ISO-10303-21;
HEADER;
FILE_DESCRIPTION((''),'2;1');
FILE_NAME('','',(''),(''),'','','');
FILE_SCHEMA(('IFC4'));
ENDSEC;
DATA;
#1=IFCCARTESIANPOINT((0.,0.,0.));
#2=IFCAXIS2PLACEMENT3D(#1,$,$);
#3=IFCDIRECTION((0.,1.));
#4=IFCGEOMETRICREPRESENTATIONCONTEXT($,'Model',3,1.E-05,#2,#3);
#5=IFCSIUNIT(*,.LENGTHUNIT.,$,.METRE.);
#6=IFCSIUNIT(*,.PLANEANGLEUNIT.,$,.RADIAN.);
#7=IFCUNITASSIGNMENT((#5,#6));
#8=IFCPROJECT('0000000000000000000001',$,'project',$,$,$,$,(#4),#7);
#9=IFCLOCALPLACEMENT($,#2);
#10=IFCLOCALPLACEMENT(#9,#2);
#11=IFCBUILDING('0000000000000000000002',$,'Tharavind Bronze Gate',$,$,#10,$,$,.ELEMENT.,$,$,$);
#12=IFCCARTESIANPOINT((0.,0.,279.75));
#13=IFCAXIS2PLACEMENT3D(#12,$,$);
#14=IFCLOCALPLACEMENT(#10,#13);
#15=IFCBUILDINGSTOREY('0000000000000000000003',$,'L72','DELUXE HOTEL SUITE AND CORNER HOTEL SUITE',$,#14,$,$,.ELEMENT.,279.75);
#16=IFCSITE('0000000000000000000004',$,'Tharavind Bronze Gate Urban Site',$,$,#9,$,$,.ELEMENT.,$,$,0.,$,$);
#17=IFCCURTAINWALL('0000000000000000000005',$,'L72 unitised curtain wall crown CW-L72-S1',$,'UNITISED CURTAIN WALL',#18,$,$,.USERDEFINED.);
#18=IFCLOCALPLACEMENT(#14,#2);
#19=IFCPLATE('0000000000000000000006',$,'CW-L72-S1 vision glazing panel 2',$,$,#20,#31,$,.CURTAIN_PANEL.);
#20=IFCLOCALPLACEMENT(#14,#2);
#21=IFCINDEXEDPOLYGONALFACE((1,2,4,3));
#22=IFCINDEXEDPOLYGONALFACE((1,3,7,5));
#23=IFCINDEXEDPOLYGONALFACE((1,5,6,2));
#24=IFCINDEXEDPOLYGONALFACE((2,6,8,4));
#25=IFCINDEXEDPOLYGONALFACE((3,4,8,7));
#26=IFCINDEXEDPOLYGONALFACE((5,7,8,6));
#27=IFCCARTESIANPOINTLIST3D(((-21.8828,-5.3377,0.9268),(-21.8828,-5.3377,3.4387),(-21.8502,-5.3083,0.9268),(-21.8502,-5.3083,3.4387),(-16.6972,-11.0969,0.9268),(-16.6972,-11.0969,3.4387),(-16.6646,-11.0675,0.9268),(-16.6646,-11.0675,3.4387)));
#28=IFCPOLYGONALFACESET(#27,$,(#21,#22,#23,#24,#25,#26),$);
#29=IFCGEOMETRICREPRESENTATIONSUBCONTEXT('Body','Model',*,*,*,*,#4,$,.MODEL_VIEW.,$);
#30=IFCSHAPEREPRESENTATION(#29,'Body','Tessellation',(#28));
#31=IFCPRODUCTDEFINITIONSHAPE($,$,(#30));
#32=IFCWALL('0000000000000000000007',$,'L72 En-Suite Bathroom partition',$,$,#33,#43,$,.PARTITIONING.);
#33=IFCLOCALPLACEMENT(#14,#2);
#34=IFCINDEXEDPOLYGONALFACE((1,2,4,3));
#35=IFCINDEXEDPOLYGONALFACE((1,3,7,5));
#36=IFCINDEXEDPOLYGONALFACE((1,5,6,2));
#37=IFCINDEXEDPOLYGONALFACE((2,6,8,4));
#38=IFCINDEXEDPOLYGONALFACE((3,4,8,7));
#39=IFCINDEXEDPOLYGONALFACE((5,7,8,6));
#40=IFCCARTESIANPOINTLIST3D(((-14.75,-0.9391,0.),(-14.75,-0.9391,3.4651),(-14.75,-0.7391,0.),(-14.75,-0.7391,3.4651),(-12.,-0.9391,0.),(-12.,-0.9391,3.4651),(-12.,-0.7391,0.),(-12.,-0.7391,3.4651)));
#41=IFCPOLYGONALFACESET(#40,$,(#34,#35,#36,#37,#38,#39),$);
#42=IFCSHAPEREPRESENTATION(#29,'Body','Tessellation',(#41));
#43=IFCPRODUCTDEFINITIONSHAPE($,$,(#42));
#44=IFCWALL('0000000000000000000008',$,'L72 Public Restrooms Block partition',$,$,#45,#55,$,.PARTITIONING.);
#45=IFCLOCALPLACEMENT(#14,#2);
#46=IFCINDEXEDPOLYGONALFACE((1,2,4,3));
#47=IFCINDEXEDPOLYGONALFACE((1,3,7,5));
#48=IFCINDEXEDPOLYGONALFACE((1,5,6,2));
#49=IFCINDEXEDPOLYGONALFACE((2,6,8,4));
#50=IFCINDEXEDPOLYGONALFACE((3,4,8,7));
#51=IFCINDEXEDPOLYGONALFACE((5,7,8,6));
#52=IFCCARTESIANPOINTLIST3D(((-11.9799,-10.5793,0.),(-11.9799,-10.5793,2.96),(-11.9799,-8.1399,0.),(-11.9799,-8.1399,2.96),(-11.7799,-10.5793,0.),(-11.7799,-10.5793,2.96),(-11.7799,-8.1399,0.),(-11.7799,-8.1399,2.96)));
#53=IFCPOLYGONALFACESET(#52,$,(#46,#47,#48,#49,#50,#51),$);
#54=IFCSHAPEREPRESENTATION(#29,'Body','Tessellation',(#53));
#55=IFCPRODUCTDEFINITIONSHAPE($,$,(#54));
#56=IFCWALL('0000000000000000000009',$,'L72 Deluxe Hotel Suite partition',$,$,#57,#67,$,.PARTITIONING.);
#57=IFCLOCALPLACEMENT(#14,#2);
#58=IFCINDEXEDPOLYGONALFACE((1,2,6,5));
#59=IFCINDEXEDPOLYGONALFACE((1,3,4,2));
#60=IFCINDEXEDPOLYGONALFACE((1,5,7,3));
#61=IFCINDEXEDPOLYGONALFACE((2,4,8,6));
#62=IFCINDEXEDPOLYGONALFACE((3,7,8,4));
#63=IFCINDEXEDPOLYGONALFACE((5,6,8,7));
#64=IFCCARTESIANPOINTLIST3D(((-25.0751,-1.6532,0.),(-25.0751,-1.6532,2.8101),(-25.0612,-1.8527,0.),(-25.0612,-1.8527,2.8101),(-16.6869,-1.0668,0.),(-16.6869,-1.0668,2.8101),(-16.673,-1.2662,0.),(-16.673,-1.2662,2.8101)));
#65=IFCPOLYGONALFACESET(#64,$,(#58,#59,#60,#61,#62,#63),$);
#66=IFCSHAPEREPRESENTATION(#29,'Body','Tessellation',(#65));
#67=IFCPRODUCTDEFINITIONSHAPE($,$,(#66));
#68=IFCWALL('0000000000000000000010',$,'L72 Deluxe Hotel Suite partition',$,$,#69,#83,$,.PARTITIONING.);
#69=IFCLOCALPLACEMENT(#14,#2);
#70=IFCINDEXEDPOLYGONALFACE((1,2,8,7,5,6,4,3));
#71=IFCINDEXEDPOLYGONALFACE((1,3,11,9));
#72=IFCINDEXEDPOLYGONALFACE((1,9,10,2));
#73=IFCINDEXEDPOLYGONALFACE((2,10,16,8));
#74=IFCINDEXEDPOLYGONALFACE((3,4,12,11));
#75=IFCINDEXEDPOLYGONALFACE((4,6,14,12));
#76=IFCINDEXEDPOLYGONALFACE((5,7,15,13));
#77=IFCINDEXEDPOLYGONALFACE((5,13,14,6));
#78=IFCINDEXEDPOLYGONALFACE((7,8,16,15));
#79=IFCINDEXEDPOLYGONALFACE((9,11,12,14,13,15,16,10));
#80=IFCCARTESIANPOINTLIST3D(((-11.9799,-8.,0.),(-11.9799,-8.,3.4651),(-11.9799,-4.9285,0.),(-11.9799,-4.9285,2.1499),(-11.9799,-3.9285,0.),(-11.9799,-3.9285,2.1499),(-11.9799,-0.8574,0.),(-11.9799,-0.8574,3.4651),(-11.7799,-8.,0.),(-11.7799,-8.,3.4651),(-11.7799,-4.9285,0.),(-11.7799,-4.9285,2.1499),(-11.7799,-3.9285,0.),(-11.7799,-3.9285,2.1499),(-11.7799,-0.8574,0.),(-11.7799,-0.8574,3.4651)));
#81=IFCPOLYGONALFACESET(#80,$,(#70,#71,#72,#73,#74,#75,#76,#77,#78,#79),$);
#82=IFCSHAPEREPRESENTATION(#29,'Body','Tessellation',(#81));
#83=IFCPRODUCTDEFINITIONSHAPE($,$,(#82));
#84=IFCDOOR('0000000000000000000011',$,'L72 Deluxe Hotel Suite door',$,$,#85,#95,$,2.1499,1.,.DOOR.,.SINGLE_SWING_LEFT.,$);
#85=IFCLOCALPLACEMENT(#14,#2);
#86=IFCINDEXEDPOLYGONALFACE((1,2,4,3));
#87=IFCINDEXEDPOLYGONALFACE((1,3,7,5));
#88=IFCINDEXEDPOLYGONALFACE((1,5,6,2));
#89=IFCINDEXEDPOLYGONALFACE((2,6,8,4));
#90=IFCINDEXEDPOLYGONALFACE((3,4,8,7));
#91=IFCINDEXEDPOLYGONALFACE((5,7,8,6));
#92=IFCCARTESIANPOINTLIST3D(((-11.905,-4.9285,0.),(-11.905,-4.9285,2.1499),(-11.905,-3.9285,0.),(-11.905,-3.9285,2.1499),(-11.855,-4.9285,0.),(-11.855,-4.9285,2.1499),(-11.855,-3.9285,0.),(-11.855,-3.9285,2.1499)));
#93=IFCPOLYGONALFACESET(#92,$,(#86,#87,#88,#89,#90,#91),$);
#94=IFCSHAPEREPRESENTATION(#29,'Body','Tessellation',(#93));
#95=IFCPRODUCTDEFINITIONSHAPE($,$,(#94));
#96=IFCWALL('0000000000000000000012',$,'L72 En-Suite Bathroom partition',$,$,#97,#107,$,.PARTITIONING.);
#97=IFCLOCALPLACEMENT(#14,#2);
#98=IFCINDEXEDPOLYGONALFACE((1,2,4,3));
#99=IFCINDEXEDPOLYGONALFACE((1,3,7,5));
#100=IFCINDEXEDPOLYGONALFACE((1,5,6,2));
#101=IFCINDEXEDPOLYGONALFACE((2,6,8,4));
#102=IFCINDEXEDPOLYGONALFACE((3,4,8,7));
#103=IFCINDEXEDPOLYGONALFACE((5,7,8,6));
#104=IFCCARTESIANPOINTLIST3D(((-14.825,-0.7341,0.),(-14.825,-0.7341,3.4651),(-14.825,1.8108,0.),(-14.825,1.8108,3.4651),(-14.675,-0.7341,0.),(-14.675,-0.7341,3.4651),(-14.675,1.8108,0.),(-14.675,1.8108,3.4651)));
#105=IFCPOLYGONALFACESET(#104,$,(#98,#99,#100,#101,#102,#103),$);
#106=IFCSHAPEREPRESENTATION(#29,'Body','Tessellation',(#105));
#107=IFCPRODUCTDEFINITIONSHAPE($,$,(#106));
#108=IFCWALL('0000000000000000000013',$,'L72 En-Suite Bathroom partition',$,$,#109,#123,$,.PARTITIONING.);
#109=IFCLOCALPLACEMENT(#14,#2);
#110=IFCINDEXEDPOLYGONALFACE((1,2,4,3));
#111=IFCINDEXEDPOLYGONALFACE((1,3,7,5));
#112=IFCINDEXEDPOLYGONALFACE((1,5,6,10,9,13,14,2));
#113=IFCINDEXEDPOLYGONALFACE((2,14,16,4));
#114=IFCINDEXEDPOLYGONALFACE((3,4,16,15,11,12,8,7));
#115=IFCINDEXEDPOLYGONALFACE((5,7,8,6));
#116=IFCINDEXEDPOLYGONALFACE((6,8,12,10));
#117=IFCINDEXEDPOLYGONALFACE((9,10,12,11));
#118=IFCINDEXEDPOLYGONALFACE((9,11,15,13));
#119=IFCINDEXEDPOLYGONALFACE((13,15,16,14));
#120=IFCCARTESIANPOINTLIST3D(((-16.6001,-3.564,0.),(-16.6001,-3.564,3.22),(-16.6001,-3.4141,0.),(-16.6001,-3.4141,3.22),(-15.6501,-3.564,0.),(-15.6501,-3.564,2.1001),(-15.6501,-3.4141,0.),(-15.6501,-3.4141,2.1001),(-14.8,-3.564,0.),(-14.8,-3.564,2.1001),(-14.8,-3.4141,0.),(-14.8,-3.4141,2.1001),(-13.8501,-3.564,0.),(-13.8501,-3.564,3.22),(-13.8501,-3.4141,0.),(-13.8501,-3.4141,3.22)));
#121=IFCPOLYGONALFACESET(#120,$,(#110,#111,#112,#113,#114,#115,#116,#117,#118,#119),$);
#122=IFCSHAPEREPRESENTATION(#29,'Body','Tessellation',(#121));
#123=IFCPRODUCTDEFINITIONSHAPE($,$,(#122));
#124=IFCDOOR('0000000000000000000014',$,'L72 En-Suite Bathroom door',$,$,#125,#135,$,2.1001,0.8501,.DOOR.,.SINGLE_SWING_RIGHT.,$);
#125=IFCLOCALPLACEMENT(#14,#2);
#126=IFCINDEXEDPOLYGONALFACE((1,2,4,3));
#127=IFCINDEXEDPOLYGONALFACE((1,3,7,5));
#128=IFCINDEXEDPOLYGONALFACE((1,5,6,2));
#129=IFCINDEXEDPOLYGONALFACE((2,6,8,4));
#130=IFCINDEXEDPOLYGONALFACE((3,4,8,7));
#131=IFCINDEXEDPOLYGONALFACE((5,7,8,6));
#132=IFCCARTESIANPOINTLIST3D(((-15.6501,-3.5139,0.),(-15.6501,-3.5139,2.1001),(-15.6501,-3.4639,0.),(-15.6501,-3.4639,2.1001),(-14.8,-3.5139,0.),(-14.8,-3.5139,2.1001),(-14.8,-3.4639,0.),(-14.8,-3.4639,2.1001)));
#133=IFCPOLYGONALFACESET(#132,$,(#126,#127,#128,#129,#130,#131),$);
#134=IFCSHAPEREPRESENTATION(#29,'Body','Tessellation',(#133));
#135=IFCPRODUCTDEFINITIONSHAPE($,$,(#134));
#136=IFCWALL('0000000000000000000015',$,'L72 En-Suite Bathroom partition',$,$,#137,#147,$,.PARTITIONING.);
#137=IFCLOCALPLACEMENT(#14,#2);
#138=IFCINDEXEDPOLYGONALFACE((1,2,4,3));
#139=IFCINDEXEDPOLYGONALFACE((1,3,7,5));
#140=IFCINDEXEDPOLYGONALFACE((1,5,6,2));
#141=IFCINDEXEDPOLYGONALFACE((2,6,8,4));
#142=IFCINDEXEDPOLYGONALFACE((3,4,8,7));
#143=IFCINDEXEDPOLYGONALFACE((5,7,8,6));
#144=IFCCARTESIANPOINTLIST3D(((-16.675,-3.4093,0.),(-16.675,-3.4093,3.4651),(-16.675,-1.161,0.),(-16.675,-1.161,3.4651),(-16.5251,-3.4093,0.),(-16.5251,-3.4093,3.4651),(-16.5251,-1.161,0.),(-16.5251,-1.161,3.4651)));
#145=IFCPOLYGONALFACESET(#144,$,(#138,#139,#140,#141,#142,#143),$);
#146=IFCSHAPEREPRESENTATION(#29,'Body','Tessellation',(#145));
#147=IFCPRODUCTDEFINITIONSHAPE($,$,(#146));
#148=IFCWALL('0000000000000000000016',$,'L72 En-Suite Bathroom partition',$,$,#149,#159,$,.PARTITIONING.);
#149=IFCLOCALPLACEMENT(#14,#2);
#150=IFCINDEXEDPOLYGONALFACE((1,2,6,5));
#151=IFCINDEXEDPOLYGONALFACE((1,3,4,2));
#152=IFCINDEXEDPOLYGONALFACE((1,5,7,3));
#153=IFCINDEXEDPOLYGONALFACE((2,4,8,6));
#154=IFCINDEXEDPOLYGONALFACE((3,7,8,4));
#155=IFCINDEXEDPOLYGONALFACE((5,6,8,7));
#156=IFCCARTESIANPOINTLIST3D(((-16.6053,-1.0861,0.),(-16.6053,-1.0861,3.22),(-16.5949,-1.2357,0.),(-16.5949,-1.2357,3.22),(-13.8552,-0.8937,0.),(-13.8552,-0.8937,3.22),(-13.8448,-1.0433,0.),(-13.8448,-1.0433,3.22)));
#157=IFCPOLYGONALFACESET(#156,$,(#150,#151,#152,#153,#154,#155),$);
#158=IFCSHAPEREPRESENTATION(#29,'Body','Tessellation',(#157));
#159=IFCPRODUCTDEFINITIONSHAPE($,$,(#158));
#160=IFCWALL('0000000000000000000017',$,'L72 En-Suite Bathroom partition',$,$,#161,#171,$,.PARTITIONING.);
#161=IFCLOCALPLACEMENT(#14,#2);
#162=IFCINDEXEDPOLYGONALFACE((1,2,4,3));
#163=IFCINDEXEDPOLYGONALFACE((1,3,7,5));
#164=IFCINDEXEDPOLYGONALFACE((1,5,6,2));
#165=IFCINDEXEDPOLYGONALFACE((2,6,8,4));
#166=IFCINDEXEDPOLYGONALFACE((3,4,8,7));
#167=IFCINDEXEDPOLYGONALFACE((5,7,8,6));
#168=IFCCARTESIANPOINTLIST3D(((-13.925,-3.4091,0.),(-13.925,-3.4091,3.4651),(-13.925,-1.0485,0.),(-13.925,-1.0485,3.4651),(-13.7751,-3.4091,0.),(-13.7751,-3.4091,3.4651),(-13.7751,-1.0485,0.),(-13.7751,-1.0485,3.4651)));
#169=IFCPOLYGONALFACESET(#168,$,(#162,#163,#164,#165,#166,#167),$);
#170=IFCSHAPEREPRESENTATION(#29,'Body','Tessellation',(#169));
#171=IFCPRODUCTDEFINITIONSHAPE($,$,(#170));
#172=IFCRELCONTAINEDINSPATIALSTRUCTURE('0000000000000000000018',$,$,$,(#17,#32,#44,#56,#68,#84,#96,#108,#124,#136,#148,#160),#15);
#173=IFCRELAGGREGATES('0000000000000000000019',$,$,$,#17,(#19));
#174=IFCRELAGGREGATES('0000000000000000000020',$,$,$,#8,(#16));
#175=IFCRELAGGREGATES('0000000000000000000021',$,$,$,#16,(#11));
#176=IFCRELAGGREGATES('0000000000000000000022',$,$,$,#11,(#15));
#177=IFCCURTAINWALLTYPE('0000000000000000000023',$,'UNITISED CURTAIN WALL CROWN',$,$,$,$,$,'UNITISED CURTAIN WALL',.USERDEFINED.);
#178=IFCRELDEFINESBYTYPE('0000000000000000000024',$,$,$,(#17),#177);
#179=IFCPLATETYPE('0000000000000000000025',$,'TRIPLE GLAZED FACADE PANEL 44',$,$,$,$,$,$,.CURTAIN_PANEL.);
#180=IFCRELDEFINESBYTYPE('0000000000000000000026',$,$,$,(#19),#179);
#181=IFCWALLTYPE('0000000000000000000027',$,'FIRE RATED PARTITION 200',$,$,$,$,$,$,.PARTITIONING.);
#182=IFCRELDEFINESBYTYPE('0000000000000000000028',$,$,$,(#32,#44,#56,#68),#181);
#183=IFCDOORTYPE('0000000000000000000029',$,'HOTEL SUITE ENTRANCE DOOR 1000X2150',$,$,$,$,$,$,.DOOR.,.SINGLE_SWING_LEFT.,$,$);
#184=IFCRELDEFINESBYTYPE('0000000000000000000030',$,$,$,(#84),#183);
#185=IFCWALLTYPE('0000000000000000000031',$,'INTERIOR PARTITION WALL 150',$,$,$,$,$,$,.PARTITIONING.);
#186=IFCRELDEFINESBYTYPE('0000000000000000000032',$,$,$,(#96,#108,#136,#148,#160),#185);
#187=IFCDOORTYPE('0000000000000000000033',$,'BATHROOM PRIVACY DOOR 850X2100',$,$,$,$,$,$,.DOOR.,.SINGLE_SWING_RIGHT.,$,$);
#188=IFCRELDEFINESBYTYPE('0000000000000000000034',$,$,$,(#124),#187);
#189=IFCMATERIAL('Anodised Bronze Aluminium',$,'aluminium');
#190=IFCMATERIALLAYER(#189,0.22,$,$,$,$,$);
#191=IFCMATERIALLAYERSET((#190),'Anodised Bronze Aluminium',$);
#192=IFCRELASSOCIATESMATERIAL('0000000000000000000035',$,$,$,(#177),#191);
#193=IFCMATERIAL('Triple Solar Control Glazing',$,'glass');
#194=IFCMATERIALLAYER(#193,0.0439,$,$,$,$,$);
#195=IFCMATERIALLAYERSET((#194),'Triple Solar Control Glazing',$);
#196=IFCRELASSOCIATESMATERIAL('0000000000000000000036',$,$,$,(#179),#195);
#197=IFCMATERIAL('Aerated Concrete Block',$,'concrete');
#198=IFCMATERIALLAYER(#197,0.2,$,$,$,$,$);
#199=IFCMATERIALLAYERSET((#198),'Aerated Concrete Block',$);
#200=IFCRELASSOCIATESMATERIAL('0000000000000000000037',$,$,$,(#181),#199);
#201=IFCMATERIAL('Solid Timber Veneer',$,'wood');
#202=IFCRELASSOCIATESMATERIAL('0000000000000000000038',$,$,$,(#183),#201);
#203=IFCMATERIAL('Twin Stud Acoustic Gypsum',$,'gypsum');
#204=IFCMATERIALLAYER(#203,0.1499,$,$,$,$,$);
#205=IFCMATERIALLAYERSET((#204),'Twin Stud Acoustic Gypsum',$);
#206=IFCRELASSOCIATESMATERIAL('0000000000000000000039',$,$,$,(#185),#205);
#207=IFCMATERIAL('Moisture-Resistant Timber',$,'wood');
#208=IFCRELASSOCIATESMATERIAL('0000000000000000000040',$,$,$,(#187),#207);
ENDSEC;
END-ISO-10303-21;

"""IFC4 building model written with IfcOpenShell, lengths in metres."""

from ifc_helpers import new_model, si_unit, direction, frame, frame_2d, origin, origin_2d, place, context, subcontext, project, spatial, rectangle, extrude, material, layer, layer_set, type_object, element, fill, aggregate, save


model = new_model("IFC4")

# Units and contexts
model_context = context("Model", 3, precision=1e-05, world=origin(), true_north=direction((0.0, 1.0)))
body_context = subcontext(model_context, "Body", "Model", "MODEL_VIEW")
ifc_project = project(units=[si_unit("LENGTHUNIT", "METRE"), si_unit("PLANEANGLEUNIT", "RADIAN")], contexts=[model_context])

# Site, building, storey
site_placement = place(None, origin())
site = spatial("IfcSite", under=ifc_project, at=site_placement, Name="Tharavind Bronze Gate Urban Site", CompositionType="ELEMENT", RefElevation=0.0)
building_placement = place(site_placement, origin())
building = spatial("IfcBuilding", under=site, at=building_placement, Name="Tharavind Bronze Gate", CompositionType="ELEMENT")
storey_placement = place(building_placement, frame((0.0, 0.0, 279.75)))
storey = spatial("IfcBuildingStorey", under=building, at=storey_placement, Name="L72", Description="DELUXE HOTEL SUITE AND CORNER HOTEL SUITE", CompositionType="ELEMENT", Elevation=279.75)

# Curtain wall
ifc_material_1 = material(Name="Anodised Bronze Aluminium", Category="aluminium")
ifc_layer_1 = layer(ifc_material_1, 0.22)
ifc_layer_set_1 = layer_set([ifc_layer_1], Name="Anodised Bronze Aluminium")
curtain_wall_type = type_object("IfcCurtainWallType", Name="UNITISED CURTAIN WALL CROWN", ElementType="UNITISED CURTAIN WALL", PredefinedType="USERDEFINED", material=ifc_layer_set_1)
curtain_wall_placement = place(storey_placement, origin())
curtain_wall = element("IfcCurtainWall", 1, at=curtain_wall_placement, inside=storey, type_object=curtain_wall_type, Name="L72 unitised curtain wall crown CW-L72-S1", ObjectType="UNITISED CURTAIN WALL", PredefinedType="USERDEFINED")

# Plate
ifc_material_2 = material(Name="Triple Solar Control Glazing", Category="glass")
ifc_layer_2 = layer(ifc_material_2, 0.0439)
ifc_layer_set_2 = layer_set([ifc_layer_2], Name="Triple Solar Control Glazing")
plate_type_1 = type_object("IfcPlateType", Name="TRIPLE GLAZED FACADE PANEL 44", PredefinedType="CURTAIN_PANEL", material=ifc_layer_set_2)
plate_1_placement = place(storey_placement, frame((-19.2737, -8.2026, 0.9268), z_axis=(0.0, 0.0, 1.0), x_axis=(0.669131, -0.743145, 0.0)))
plate_1 = element("IfcPlate", 2, at=plate_1_placement, type_object=plate_type_1, Name="CW-L72-S1 vision glazing panel 2", PredefinedType="CURTAIN_PANEL", context=body_context, shape_type="SweptSolid", body=[
    extrude(rectangle(XDim=7.7498, YDim=0.0439, at=origin_2d()), origin(), (0.0, 0.0, 1.0), 2.512),
])
aggregate(curtain_wall, [plate_1])

# Walls
ifc_material_3 = material(Name="Aerated Concrete Block", Category="concrete")
ifc_layer_3 = layer(ifc_material_3, 0.2)
ifc_layer_set_3 = layer_set([ifc_layer_3], Name="Aerated Concrete Block")
wall_type_1 = type_object("IfcWallType", Name="FIRE RATED PARTITION 200", PredefinedType="PARTITIONING", material=ifc_layer_set_3)
wall_1_placement = place(storey_placement, frame((-12.0, -0.8391, 0.0), z_axis=(0.0, 0.0, 1.0), x_axis=(-1.0, 0.0, 0.0)))
element("IfcWall", 3, at=wall_1_placement, inside=storey, type_object=wall_type_1, Name="L72 En-Suite Bathroom partition", PredefinedType="PARTITIONING", context=body_context, shape_type="SweptSolid", body=[
    extrude(rectangle(XDim=2.75, YDim=0.2, at=frame_2d((1.375, 0.0))), origin(), (0.0, 0.0, 1.0), 3.4651),
])
wall_2_placement = place(storey_placement, frame((-11.8799, -8.1399, 0.0), z_axis=(0.0, 0.0, 1.0), x_axis=(0.0, -1.0, 0.0)))
element("IfcWall", 4, at=wall_2_placement, inside=storey, type_object=wall_type_1, Name="L72 Public Restrooms Block partition", PredefinedType="PARTITIONING", context=body_context, shape_type="SweptSolid", body=[
    extrude(rectangle(XDim=2.4395, YDim=0.2, at=frame_2d((1.2197, 0.0))), origin(), (0.0, 0.0, 1.0), 2.96),
])
wall_3_placement = place(storey_placement, frame((-16.6799, -1.1665, 0.0), z_axis=(0.0, 0.0, 1.0), x_axis=(-0.997565, -0.069741, 0.0)))
element("IfcWall", 5, at=wall_3_placement, inside=storey, type_object=wall_type_1, Name="L72 Deluxe Hotel Suite partition", PredefinedType="PARTITIONING", context=body_context, shape_type="SweptSolid", body=[
    extrude(rectangle(XDim=8.4087, YDim=0.2, at=frame_2d((4.2043, 0.0))), origin(), (0.0, 0.0, 1.0), 2.8101),
])

# Wall, opening, door
wall_4_placement = place(storey_placement, frame((-11.8799, -0.8574, 0.0), z_axis=(0.0, 0.0, 1.0), x_axis=(0.0, -1.0, 0.0)))
wall_4 = element("IfcWall", 6, at=wall_4_placement, inside=storey, type_object=wall_type_1, Name="L72 Deluxe Hotel Suite partition", PredefinedType="PARTITIONING", context=body_context, shape_type="SweptSolid", body=[
    extrude(rectangle(XDim=7.1426, YDim=0.2, at=frame_2d((3.5713, 0.0))), origin(), (0.0, 0.0, 1.0), 3.4651),
])
opening_1_placement = place(wall_4_placement, frame((3.071, 0.0, 0.0)))
opening_1 = element("IfcOpeningElement", 7, at=opening_1_placement, cuts=wall_4, PredefinedType="OPENING", context=body_context, shape_type="SweptSolid", body=[
    extrude(rectangle(XDim=1.0, YDim=2.1499, at=frame_2d((0.5, 1.075))), frame((0.0, 0.1101, 0.0), z_axis=(0.0, -1.0, 0.0), x_axis=(1.0, 0.0, 0.0)), (0.0, 0.0, 1.0), 0.22),
])
ifc_material_4 = material(Name="Solid Timber Veneer", Category="wood")
door_type_1 = type_object("IfcDoorType", Name="HOTEL SUITE ENTRANCE DOOR 1000X2150", OperationType="SINGLE_SWING_LEFT", PredefinedType="DOOR", material=ifc_material_4)
door_1_placement = place(opening_1_placement, origin())
door_1 = element("IfcDoor", 8, at=door_1_placement, inside=storey, type_object=door_type_1, Name="L72 Deluxe Hotel Suite door", OperationType="SINGLE_SWING_LEFT", OverallHeight=2.1499, OverallWidth=1.0, PredefinedType="DOOR", context=body_context, shape_type="SweptSolid", body=[
    extrude(rectangle(XDim=1.0, YDim=2.1499, at=frame_2d((0.5, 1.075))), frame((0.0, 0.0249, 0.0), z_axis=(0.0, -1.0, 0.0), x_axis=(1.0, 0.0, 0.0)), (0.0, 0.0, 1.0), 0.05),
])
fill(opening_1, door_1)

# Wall
ifc_material_5 = material(Name="Twin Stud Acoustic Gypsum", Category="gypsum")
ifc_layer_4 = layer(ifc_material_5, 0.1499)
ifc_layer_set_4 = layer_set([ifc_layer_4], Name="Twin Stud Acoustic Gypsum")
wall_type_2 = type_object("IfcWallType", Name="INTERIOR PARTITION WALL 150", PredefinedType="PARTITIONING", material=ifc_layer_set_4)
wall_5_placement = place(storey_placement, frame((-14.75, -0.7341, 0.0), z_axis=(0.0, 0.0, 1.0), x_axis=(0.0, 1.0, 0.0)))
element("IfcWall", 9, at=wall_5_placement, inside=storey, type_object=wall_type_2, Name="L72 En-Suite Bathroom partition", PredefinedType="PARTITIONING", context=body_context, shape_type="SweptSolid", body=[
    extrude(rectangle(XDim=2.5449, YDim=0.1499, at=frame_2d((1.2725, 0.0))), origin(), (0.0, 0.0, 1.0), 3.4651),
])

# Wall, opening, door
wall_6_placement = place(storey_placement, frame((-13.8501, -3.489, 0.0), z_axis=(0.0, 0.0, 1.0), x_axis=(-1.0, 0.0, 0.0)))
wall_6 = element("IfcWall", 10, at=wall_6_placement, inside=storey, type_object=wall_type_2, Name="L72 En-Suite Bathroom partition", PredefinedType="PARTITIONING", context=body_context, shape_type="SweptSolid", body=[
    extrude(rectangle(XDim=2.75, YDim=0.1499, at=frame_2d((1.375, 0.0))), origin(), (0.0, 0.0, 1.0), 3.22),
])
opening_2_placement = place(wall_6_placement, frame((0.95, 0.0, 0.0)))
opening_2 = element("IfcOpeningElement", 11, at=opening_2_placement, cuts=wall_6, PredefinedType="OPENING", context=body_context, shape_type="SweptSolid", body=[
    extrude(rectangle(XDim=0.8501, YDim=2.1001, at=frame_2d((0.425, 1.05))), frame((0.0, 0.085, 0.0), z_axis=(0.0, -1.0, 0.0), x_axis=(1.0, 0.0, 0.0)), (0.0, 0.0, 1.0), 0.1699),
])
ifc_material_6 = material(Name="Moisture-Resistant Timber", Category="wood")
door_type_2 = type_object("IfcDoorType", Name="BATHROOM PRIVACY DOOR 850X2100", OperationType="SINGLE_SWING_RIGHT", PredefinedType="DOOR", material=ifc_material_6)
door_2_placement = place(opening_2_placement, origin())
door_2 = element("IfcDoor", 12, at=door_2_placement, inside=storey, type_object=door_type_2, Name="L72 En-Suite Bathroom door", OperationType="SINGLE_SWING_RIGHT", OverallHeight=2.1001, OverallWidth=0.8501, PredefinedType="DOOR", context=body_context, shape_type="SweptSolid", body=[
    extrude(rectangle(XDim=0.8501, YDim=2.1001, at=frame_2d((0.425, 1.05))), frame((0.0, 0.0249, 0.0), z_axis=(0.0, -1.0, 0.0), x_axis=(1.0, 0.0, 0.0)), (0.0, 0.0, 1.0), 0.05),
])
fill(opening_2, door_2)

# Walls
wall_7_placement = place(storey_placement, frame((-16.6001, -3.4092, 0.0), z_axis=(0.0, 0.0, 1.0), x_axis=(0.0, 1.0, 0.0)))
element("IfcWall", 13, at=wall_7_placement, inside=storey, type_object=wall_type_2, Name="L72 En-Suite Bathroom partition", PredefinedType="PARTITIONING", context=body_context, shape_type="SweptSolid", body=[
    extrude(rectangle(XDim=2.2483, YDim=0.1499, at=frame_2d((1.124, 0.0))), origin(), (0.0, 0.0, 1.0), 3.4651),
])
wall_8_placement = place(storey_placement, frame((-16.6001, -1.1609, 0.0), z_axis=(0.0, 0.0, 1.0), x_axis=(0.997562, 0.069787, 0.0)))
element("IfcWall", 14, at=wall_8_placement, inside=storey, type_object=wall_type_2, Name="L72 En-Suite Bathroom partition", PredefinedType="PARTITIONING", context=body_context, shape_type="SweptSolid", body=[
    extrude(rectangle(XDim=2.7568, YDim=0.1499, at=frame_2d((1.3784, 0.0))), origin(), (0.0, 0.0, 1.0), 3.22),
])
wall_9_placement = place(storey_placement, frame((-13.8501, -1.0486, 0.0), z_axis=(0.0, 0.0, 1.0), x_axis=(0.0, -1.0, 0.0)))
element("IfcWall", 15, at=wall_9_placement, inside=storey, type_object=wall_type_2, Name="L72 En-Suite Bathroom partition", PredefinedType="PARTITIONING", context=body_context, shape_type="SweptSolid", body=[
    extrude(rectangle(XDim=2.3606, YDim=0.1499, at=frame_2d((1.1802, 0.0))), origin(), (0.0, 0.0, 1.0), 3.4651),
])

save(model, "model.ifc")
